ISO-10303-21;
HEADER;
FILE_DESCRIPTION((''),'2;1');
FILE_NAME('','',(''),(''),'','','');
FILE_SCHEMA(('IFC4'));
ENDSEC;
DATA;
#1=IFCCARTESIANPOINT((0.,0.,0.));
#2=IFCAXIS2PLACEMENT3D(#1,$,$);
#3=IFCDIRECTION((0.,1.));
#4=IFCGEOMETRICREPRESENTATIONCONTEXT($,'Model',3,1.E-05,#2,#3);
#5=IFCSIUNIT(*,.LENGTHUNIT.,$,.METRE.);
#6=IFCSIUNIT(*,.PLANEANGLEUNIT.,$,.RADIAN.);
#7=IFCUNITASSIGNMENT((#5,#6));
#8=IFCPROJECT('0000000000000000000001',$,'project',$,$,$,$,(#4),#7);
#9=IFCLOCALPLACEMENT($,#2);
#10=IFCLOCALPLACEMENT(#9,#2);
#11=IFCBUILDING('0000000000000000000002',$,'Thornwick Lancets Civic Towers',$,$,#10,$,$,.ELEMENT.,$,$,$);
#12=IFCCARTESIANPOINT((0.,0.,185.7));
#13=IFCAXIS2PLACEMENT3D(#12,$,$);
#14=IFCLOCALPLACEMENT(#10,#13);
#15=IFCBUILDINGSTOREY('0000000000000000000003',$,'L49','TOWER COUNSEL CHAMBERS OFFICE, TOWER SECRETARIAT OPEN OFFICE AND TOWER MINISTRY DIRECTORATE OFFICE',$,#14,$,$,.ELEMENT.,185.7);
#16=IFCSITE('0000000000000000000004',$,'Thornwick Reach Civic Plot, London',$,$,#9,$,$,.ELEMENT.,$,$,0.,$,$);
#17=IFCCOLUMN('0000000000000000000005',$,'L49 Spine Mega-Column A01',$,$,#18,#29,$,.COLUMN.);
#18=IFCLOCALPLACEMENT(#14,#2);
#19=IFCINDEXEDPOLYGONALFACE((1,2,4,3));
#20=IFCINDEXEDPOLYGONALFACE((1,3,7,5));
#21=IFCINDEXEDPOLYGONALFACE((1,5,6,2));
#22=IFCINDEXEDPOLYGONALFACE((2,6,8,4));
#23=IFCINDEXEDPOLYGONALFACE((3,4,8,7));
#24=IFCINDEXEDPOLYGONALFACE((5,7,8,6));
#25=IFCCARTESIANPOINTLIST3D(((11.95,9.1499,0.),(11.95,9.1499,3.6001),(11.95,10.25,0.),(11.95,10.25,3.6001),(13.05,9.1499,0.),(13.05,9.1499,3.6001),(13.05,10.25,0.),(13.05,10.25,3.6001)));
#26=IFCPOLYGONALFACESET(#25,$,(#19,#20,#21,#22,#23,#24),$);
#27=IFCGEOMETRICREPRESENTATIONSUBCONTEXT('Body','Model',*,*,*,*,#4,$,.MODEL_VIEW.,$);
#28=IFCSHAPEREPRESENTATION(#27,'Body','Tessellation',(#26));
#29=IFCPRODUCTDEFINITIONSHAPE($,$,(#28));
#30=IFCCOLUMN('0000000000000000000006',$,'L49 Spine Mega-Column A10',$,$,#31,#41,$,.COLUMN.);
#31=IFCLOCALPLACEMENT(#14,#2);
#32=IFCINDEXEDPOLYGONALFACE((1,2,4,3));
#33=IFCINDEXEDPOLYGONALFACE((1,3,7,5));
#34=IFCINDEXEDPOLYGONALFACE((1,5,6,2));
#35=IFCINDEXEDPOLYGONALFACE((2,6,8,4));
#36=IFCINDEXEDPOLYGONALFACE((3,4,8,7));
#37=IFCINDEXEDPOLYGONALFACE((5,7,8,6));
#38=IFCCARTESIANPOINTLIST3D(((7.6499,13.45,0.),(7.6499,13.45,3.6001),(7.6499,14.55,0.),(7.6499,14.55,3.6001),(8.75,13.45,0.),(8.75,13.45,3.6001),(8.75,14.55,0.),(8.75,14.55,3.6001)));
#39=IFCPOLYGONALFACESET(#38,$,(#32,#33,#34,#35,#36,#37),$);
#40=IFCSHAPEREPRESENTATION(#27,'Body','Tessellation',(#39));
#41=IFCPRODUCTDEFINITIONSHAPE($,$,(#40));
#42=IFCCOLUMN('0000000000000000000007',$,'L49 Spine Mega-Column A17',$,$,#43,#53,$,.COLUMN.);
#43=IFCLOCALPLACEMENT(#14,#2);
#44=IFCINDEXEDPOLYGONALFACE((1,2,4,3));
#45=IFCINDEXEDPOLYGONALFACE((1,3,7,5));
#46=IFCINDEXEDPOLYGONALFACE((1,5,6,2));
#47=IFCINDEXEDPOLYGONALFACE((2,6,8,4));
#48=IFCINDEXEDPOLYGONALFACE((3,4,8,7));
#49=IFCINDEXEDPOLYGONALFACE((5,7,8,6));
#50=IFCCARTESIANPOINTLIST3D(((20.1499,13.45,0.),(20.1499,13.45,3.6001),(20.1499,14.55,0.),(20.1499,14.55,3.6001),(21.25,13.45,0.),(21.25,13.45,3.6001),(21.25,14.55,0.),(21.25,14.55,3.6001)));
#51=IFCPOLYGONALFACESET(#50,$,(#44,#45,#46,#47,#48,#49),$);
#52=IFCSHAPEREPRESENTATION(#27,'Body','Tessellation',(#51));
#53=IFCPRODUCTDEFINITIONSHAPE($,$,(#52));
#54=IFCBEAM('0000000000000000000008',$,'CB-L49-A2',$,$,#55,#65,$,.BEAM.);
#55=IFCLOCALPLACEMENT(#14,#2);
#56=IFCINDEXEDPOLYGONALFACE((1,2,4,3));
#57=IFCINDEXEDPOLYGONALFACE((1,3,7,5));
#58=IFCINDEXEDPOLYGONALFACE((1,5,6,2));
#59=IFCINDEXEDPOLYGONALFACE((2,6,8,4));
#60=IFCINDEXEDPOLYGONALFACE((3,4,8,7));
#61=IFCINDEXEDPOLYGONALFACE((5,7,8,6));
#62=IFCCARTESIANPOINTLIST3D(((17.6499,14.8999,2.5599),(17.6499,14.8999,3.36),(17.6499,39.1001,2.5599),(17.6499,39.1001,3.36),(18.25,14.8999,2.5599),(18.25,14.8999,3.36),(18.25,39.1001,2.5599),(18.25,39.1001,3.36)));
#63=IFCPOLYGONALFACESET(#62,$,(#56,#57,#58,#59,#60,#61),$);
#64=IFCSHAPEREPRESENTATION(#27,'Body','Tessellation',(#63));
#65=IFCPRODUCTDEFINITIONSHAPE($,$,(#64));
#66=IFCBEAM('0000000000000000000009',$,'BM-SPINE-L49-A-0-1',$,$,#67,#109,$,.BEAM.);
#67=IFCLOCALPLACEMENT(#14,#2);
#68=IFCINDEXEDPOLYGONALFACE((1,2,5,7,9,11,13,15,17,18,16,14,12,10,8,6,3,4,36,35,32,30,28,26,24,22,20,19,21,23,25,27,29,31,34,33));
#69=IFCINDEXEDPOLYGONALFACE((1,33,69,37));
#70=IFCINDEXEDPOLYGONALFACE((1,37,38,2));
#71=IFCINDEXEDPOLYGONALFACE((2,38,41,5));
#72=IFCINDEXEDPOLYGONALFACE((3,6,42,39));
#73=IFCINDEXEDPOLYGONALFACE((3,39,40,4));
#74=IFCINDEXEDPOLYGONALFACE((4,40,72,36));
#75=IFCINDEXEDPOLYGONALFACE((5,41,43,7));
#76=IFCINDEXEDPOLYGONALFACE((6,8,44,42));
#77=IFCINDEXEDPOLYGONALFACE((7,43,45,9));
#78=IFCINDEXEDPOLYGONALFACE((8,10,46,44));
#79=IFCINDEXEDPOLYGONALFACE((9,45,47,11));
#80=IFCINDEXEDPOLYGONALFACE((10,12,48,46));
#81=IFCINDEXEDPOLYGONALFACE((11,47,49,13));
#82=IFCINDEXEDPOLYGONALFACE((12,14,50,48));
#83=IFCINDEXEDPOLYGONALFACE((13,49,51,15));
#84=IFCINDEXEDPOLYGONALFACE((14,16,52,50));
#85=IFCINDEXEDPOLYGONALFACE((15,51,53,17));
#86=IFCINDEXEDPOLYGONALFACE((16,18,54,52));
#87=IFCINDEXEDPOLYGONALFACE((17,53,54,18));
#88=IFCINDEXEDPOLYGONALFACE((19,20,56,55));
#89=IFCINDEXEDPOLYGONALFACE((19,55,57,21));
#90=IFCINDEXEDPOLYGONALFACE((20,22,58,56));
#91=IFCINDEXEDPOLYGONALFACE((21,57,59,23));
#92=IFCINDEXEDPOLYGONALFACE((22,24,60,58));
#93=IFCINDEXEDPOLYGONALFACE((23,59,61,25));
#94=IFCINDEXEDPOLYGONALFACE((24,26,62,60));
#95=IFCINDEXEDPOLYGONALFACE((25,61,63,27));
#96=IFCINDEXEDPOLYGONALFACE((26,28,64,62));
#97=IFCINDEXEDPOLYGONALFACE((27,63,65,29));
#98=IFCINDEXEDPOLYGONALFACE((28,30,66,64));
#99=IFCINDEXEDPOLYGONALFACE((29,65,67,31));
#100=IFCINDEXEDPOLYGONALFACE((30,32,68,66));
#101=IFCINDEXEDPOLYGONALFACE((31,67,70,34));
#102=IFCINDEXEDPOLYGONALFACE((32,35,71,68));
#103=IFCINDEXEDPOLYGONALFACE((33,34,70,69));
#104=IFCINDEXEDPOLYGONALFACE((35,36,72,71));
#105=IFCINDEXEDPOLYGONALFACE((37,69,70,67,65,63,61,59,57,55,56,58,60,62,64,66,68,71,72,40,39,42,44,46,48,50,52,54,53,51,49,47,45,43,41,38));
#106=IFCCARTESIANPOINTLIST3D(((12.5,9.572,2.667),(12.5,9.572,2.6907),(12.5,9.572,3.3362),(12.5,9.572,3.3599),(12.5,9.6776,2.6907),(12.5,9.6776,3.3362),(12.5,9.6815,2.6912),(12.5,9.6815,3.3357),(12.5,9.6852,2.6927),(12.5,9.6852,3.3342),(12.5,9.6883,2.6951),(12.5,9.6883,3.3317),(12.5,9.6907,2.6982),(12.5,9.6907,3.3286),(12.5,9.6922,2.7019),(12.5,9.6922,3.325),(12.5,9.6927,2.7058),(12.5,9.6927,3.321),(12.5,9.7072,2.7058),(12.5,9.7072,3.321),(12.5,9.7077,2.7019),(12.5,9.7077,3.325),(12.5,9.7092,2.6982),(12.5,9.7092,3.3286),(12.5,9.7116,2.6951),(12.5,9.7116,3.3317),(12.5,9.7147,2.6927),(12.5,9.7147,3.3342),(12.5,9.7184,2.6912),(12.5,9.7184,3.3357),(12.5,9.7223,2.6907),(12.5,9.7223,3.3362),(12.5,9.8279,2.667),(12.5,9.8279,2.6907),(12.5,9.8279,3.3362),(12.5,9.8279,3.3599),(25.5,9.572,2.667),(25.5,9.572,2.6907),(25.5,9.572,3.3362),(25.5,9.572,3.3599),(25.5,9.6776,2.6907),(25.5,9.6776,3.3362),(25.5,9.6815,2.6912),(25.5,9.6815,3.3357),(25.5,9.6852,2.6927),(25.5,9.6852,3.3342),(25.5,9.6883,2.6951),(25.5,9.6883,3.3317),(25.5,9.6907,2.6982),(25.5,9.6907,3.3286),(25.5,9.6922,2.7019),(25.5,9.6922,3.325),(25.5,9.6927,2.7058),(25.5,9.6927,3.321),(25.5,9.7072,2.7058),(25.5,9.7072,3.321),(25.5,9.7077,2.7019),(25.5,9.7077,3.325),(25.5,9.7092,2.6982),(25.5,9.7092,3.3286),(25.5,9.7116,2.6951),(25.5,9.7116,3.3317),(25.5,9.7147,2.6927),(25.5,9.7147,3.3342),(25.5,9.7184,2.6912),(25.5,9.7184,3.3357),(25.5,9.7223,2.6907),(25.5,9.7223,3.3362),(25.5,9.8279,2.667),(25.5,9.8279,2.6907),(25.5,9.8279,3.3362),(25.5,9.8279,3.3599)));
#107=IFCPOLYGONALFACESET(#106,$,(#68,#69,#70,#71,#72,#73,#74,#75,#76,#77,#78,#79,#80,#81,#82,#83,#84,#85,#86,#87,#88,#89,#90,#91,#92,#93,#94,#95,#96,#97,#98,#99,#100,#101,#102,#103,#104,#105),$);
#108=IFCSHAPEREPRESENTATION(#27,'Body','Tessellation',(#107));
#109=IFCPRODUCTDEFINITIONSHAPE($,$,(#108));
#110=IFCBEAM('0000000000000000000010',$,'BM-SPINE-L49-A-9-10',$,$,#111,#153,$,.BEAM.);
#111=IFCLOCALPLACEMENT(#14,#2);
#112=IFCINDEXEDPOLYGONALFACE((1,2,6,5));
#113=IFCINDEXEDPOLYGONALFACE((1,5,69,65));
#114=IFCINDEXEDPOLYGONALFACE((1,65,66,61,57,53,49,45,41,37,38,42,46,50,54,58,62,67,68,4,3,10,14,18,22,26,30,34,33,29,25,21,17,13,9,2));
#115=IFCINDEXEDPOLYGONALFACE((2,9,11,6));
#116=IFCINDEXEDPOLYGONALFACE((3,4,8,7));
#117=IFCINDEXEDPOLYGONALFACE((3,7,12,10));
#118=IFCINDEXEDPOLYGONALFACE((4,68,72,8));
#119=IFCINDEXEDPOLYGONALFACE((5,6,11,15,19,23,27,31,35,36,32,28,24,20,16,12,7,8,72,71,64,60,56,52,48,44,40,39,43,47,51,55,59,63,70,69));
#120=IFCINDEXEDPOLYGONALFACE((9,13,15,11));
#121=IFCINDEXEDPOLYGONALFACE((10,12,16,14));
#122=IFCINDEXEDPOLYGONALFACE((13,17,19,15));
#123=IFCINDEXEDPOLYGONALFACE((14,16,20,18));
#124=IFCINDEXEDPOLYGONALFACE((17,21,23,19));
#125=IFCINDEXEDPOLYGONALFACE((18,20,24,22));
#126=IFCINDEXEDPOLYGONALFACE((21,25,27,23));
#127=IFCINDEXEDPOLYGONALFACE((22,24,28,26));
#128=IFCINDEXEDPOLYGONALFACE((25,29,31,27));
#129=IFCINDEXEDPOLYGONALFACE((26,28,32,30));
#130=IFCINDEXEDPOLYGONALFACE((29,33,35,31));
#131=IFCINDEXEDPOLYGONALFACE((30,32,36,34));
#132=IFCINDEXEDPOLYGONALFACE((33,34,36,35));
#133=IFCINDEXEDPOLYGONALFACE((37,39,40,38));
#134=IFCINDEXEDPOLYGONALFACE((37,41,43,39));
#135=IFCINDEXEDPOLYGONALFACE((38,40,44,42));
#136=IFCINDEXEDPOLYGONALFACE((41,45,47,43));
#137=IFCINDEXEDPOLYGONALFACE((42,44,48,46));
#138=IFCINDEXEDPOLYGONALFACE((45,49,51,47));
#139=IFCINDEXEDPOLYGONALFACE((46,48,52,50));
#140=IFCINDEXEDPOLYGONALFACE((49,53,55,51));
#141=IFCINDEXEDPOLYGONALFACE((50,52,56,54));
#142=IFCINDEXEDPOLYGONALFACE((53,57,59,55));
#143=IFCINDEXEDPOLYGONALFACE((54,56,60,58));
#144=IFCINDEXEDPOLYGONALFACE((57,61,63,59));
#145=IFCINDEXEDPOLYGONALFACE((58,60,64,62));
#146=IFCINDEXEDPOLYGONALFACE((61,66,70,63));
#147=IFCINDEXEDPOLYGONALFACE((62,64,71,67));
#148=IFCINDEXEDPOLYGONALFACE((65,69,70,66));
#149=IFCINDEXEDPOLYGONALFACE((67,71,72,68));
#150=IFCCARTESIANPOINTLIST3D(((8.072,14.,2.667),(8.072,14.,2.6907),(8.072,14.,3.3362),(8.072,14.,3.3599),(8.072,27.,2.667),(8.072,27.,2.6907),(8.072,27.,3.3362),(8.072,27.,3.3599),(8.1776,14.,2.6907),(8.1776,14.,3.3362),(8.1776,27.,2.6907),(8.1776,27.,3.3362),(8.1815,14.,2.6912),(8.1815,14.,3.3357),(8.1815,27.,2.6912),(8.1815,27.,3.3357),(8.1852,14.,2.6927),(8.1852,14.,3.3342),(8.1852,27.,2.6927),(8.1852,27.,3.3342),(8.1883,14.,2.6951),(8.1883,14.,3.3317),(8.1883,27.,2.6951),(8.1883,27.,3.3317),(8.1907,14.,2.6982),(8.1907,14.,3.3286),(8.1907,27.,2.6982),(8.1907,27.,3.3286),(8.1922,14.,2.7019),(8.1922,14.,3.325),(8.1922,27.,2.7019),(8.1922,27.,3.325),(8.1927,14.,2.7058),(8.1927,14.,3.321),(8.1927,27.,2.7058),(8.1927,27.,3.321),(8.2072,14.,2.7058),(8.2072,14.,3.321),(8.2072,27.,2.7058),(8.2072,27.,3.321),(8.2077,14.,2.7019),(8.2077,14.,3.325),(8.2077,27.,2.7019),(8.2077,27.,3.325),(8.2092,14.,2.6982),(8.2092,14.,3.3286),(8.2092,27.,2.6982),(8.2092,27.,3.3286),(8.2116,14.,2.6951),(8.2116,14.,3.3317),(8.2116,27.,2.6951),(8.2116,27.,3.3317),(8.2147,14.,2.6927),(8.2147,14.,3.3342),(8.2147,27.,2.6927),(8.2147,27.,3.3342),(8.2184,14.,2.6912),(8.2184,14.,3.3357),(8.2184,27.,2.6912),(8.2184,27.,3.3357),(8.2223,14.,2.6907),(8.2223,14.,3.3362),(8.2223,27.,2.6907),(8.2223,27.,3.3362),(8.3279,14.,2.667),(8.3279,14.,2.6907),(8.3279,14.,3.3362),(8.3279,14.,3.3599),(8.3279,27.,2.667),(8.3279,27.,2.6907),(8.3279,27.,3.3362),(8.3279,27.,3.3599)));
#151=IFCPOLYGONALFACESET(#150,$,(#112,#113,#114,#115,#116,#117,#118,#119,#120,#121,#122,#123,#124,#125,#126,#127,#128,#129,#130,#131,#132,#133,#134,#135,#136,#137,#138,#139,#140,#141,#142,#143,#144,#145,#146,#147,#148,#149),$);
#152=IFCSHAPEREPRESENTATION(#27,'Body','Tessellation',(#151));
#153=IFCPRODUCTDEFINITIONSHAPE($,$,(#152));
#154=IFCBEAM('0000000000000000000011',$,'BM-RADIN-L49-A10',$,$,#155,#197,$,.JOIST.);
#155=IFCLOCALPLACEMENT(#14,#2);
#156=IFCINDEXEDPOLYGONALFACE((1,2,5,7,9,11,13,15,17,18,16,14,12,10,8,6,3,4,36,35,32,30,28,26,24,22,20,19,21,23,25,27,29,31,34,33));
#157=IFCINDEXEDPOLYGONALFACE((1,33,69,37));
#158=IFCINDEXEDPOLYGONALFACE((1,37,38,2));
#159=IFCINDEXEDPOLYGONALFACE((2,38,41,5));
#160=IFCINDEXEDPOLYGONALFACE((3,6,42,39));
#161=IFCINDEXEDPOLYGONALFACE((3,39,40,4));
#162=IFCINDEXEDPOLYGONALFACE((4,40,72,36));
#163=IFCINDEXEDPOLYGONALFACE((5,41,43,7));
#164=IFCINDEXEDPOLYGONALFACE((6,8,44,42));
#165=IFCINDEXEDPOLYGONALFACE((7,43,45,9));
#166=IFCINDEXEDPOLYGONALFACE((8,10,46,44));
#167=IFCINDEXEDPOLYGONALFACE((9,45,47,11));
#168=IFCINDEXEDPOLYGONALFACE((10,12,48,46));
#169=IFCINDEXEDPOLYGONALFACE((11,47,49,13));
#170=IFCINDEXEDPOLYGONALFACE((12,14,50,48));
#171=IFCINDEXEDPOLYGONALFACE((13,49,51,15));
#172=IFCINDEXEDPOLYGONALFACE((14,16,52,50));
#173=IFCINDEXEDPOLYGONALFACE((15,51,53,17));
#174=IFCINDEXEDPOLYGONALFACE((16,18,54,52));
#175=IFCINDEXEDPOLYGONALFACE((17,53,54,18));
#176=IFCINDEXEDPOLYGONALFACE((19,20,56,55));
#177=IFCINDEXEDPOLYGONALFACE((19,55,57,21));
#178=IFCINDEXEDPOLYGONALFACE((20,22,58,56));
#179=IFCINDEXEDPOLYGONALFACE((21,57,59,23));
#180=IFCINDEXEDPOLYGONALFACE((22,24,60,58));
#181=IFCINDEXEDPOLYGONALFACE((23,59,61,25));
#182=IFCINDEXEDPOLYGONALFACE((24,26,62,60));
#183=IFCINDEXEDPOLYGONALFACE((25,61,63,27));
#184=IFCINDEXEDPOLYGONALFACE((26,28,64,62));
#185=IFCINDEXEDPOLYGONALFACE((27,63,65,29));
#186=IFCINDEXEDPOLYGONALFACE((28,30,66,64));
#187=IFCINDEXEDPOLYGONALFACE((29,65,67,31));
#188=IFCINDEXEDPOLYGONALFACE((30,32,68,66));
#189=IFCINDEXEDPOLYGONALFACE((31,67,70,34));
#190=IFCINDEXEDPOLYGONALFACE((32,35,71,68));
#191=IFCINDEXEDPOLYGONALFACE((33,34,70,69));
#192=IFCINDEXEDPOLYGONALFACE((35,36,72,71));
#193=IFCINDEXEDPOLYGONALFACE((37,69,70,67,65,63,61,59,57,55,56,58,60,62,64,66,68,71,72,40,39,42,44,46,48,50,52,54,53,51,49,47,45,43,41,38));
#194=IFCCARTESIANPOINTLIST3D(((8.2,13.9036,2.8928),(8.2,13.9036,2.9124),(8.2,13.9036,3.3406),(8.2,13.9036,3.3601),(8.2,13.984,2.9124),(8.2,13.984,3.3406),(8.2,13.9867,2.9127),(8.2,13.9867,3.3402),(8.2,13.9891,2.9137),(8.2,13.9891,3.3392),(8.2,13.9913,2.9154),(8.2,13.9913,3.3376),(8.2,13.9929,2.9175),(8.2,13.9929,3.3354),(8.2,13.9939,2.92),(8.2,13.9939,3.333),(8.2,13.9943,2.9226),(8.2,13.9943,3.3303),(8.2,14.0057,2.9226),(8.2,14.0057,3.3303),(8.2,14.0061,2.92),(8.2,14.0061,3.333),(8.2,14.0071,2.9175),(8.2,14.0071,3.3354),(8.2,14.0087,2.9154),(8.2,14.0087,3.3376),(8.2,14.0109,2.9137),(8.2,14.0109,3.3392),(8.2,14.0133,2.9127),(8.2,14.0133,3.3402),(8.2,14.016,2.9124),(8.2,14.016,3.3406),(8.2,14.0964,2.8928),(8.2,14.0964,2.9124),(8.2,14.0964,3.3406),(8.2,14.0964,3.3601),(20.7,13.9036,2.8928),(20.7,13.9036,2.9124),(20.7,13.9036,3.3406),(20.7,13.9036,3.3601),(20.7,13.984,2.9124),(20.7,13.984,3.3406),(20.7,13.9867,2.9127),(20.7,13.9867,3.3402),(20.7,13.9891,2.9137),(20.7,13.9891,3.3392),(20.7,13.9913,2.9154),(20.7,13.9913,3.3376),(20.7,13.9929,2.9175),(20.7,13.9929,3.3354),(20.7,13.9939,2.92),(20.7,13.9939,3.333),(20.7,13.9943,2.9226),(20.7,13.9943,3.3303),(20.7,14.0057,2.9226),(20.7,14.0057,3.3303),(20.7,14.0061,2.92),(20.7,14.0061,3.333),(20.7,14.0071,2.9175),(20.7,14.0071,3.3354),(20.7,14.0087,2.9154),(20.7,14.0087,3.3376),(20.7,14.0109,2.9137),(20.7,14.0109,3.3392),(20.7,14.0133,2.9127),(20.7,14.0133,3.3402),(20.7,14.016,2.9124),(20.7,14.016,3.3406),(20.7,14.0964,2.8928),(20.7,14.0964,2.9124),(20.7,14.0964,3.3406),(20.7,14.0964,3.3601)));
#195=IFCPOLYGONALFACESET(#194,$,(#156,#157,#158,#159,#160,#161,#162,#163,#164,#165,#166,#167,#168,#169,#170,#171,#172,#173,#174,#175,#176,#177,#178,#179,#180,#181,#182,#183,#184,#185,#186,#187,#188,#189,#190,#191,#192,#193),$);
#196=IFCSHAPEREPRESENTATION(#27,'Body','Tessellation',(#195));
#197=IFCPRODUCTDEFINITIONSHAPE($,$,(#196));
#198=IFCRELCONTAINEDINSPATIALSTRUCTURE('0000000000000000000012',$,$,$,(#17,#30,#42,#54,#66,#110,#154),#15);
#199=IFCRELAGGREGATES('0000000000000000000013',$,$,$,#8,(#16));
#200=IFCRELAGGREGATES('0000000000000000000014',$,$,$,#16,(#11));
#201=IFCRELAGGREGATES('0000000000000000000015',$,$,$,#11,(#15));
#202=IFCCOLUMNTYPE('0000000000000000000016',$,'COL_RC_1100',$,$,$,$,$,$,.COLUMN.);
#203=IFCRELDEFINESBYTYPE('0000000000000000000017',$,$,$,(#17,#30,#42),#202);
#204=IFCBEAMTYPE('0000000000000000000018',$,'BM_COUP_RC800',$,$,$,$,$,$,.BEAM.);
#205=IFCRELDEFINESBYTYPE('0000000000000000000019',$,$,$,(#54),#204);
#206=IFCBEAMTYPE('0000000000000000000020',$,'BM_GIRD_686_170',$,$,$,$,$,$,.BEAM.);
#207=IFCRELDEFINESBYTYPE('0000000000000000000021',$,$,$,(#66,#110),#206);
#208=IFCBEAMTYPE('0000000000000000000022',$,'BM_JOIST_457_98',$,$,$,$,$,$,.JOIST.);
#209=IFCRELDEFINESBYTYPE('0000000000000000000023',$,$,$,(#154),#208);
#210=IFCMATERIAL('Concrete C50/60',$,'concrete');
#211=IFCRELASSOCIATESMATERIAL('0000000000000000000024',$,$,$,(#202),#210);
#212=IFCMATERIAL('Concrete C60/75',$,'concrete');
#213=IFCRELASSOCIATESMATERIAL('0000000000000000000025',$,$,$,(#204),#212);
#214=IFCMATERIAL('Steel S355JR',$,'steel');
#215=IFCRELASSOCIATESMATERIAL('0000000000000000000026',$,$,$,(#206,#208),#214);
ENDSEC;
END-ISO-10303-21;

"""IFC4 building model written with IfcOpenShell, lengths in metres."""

from ifc_helpers import new_model, si_unit, direction, frame, origin, origin_2d, place, context, subcontext, project, spatial, rectangle, i_section, extrude, material, material_profile, profile_set, type_object, element, save


model = new_model("IFC4")

# Units and contexts
model_context = context("Model", 3, precision=1e-05, world=origin(), true_north=direction((0.0, 1.0)))
body_context = subcontext(model_context, "Body", "Model", "MODEL_VIEW")
ifc_project = project(units=[si_unit("LENGTHUNIT", "METRE"), si_unit("PLANEANGLEUNIT", "RADIAN")], contexts=[model_context])

# Site, building, storey
site_placement = place(None, origin())
site = spatial("IfcSite", under=ifc_project, at=site_placement, Name="Thornwick Reach Civic Plot, London", CompositionType="ELEMENT", RefElevation=0.0)
building_placement = place(site_placement, origin())
building = spatial("IfcBuilding", under=site, at=building_placement, Name="Thornwick Lancets Civic Towers", CompositionType="ELEMENT")
storey_placement = place(building_placement, frame((0.0, 0.0, 185.7)))
storey = spatial("IfcBuildingStorey", under=building, at=storey_placement, Name="L49", Description="TOWER COUNSEL CHAMBERS OFFICE, TOWER SECRETARIAT OPEN OFFICE AND TOWER MINISTRY DIRECTORATE OFFICE", CompositionType="ELEMENT", Elevation=185.7)

# Columns
ifc_material_1 = material(Name="Concrete C50/60", Category="concrete")
ifc_material_profile_1 = material_profile(ifc_material_1, rectangle(XDim=1.1001, YDim=1.1001, at=origin_2d()), Name="RC 1100x1100")
ifc_profile_set_1 = profile_set([ifc_material_profile_1], Name="Concrete C50/60")
column_type = type_object("IfcColumnType", Name="COL_RC_1100", PredefinedType="COLUMN", material=ifc_profile_set_1)
for number, where, z_axis, x_axis, name in (
    (1, (12.5, 9.7, 0.0), (0.0, 0.0, 1.0), (1.0, 0.0, 0.0), "L49 Spine Mega-Column A01"),
    (2, (8.2, 14.0, 0.0), (0.0, 0.0, 1.0), (1.0, 0.0, 0.0), "L49 Spine Mega-Column A10"),
    (3, (20.7, 14.0, 0.0), (0.0, 0.0, 1.0), (1.0, 0.0, 0.0), "L49 Spine Mega-Column A17"),
):
    element("IfcColumn", number, at=place(storey_placement, frame(where, z_axis=z_axis, x_axis=x_axis)), inside=storey, type_object=column_type, Name=name, PredefinedType="COLUMN", context=body_context, shape_type="SweptSolid", body=[
        extrude(rectangle(XDim=1.1001, YDim=1.1001, at=origin_2d()), origin(), (0.0, 0.0, 1.0), 3.6001),
    ])

# Beams
ifc_material_2 = material(Name="Concrete C60/75", Category="concrete")
ifc_material_profile_2 = material_profile(ifc_material_2, rectangle(XDim=0.6001, YDim=0.8, at=origin_2d()), Name="RC 600x800")
ifc_profile_set_2 = profile_set([ifc_material_profile_2], Name="Concrete C60/75")
beam_type_1 = type_object("IfcBeamType", Name="BM_COUP_RC800", PredefinedType="BEAM", material=ifc_profile_set_2)
beam_1_placement = place(storey_placement, frame((17.95, 14.8999, 2.96), z_axis=(0.0, 1.0, 0.0), x_axis=(-1.0, 0.0, 0.0)))
element("IfcBeam", 4, at=beam_1_placement, inside=storey, type_object=beam_type_1, Name="CB-L49-A2", PredefinedType="BEAM", context=body_context, shape_type="SweptSolid", body=[
    extrude(rectangle(XDim=0.6001, YDim=0.8, at=origin_2d()), origin(), (0.0, 0.0, 1.0), 24.2002),
])
ifc_material_3 = material(Name="Steel S355JR", Category="steel")
ifc_material_profile_3 = material_profile(ifc_material_3, i_section(OverallWidth=0.2559, OverallDepth=0.6929, WebThickness=0.0144, FlangeThickness=0.0237, FilletRadius=0.0151, at=origin_2d()), Name="UKB 686x254x170")
ifc_profile_set_3 = profile_set([ifc_material_profile_3], Name="Steel S355JR")
beam_type_2 = type_object("IfcBeamType", Name="BM_GIRD_686_170", PredefinedType="BEAM", material=ifc_profile_set_3)
for number, where, z_axis, x_axis, name in (
    (5, (12.5, 9.7, 3.0134), (1.0, 0.0, 0.0), (0.0, 1.0, 0.0), "BM-SPINE-L49-A-0-1"),
    (6, (8.2, 14.0, 3.0134), (0.0, 1.0, 0.0), (-1.0, 0.0, 0.0), "BM-SPINE-L49-A-9-10"),
):
    element("IfcBeam", number, at=place(storey_placement, frame(where, z_axis=z_axis, x_axis=x_axis)), inside=storey, type_object=beam_type_2, Name=name, PredefinedType="BEAM", context=body_context, shape_type="SweptSolid", body=[
        extrude(i_section(OverallWidth=0.2559, OverallDepth=0.6929, WebThickness=0.0144, FlangeThickness=0.0237, FilletRadius=0.0151, at=origin_2d()), origin(), (0.0, 0.0, 1.0), 13.0),
    ])
ifc_material_profile_4 = material_profile(ifc_material_3, i_section(OverallWidth=0.1929, OverallDepth=0.4673, WebThickness=0.0115, FlangeThickness=0.0195, FilletRadius=0.0103, at=origin_2d()), Name="UKB 457x191x98")
ifc_profile_set_4 = profile_set([ifc_material_profile_4], Name="Steel S355JR")
beam_type_3 = type_object("IfcBeamType", Name="BM_JOIST_457_98", PredefinedType="JOIST", material=ifc_profile_set_4)
beam_2_placement = place(storey_placement, frame((20.7, 14.0, 3.1265), z_axis=(-1.0, 0.0, 0.0), x_axis=(0.0, -1.0, 0.0)))
element("IfcBeam", 7, at=beam_2_placement, inside=storey, type_object=beam_type_3, Name="BM-RADIN-L49-A10", PredefinedType="JOIST", context=body_context, shape_type="SweptSolid", body=[
    extrude(i_section(OverallWidth=0.1929, OverallDepth=0.4673, WebThickness=0.0115, FlangeThickness=0.0195, FilletRadius=0.0103, at=origin_2d()), origin(), (0.0, 0.0, 1.0), 12.5),
])

save(model, "model.ifc")
